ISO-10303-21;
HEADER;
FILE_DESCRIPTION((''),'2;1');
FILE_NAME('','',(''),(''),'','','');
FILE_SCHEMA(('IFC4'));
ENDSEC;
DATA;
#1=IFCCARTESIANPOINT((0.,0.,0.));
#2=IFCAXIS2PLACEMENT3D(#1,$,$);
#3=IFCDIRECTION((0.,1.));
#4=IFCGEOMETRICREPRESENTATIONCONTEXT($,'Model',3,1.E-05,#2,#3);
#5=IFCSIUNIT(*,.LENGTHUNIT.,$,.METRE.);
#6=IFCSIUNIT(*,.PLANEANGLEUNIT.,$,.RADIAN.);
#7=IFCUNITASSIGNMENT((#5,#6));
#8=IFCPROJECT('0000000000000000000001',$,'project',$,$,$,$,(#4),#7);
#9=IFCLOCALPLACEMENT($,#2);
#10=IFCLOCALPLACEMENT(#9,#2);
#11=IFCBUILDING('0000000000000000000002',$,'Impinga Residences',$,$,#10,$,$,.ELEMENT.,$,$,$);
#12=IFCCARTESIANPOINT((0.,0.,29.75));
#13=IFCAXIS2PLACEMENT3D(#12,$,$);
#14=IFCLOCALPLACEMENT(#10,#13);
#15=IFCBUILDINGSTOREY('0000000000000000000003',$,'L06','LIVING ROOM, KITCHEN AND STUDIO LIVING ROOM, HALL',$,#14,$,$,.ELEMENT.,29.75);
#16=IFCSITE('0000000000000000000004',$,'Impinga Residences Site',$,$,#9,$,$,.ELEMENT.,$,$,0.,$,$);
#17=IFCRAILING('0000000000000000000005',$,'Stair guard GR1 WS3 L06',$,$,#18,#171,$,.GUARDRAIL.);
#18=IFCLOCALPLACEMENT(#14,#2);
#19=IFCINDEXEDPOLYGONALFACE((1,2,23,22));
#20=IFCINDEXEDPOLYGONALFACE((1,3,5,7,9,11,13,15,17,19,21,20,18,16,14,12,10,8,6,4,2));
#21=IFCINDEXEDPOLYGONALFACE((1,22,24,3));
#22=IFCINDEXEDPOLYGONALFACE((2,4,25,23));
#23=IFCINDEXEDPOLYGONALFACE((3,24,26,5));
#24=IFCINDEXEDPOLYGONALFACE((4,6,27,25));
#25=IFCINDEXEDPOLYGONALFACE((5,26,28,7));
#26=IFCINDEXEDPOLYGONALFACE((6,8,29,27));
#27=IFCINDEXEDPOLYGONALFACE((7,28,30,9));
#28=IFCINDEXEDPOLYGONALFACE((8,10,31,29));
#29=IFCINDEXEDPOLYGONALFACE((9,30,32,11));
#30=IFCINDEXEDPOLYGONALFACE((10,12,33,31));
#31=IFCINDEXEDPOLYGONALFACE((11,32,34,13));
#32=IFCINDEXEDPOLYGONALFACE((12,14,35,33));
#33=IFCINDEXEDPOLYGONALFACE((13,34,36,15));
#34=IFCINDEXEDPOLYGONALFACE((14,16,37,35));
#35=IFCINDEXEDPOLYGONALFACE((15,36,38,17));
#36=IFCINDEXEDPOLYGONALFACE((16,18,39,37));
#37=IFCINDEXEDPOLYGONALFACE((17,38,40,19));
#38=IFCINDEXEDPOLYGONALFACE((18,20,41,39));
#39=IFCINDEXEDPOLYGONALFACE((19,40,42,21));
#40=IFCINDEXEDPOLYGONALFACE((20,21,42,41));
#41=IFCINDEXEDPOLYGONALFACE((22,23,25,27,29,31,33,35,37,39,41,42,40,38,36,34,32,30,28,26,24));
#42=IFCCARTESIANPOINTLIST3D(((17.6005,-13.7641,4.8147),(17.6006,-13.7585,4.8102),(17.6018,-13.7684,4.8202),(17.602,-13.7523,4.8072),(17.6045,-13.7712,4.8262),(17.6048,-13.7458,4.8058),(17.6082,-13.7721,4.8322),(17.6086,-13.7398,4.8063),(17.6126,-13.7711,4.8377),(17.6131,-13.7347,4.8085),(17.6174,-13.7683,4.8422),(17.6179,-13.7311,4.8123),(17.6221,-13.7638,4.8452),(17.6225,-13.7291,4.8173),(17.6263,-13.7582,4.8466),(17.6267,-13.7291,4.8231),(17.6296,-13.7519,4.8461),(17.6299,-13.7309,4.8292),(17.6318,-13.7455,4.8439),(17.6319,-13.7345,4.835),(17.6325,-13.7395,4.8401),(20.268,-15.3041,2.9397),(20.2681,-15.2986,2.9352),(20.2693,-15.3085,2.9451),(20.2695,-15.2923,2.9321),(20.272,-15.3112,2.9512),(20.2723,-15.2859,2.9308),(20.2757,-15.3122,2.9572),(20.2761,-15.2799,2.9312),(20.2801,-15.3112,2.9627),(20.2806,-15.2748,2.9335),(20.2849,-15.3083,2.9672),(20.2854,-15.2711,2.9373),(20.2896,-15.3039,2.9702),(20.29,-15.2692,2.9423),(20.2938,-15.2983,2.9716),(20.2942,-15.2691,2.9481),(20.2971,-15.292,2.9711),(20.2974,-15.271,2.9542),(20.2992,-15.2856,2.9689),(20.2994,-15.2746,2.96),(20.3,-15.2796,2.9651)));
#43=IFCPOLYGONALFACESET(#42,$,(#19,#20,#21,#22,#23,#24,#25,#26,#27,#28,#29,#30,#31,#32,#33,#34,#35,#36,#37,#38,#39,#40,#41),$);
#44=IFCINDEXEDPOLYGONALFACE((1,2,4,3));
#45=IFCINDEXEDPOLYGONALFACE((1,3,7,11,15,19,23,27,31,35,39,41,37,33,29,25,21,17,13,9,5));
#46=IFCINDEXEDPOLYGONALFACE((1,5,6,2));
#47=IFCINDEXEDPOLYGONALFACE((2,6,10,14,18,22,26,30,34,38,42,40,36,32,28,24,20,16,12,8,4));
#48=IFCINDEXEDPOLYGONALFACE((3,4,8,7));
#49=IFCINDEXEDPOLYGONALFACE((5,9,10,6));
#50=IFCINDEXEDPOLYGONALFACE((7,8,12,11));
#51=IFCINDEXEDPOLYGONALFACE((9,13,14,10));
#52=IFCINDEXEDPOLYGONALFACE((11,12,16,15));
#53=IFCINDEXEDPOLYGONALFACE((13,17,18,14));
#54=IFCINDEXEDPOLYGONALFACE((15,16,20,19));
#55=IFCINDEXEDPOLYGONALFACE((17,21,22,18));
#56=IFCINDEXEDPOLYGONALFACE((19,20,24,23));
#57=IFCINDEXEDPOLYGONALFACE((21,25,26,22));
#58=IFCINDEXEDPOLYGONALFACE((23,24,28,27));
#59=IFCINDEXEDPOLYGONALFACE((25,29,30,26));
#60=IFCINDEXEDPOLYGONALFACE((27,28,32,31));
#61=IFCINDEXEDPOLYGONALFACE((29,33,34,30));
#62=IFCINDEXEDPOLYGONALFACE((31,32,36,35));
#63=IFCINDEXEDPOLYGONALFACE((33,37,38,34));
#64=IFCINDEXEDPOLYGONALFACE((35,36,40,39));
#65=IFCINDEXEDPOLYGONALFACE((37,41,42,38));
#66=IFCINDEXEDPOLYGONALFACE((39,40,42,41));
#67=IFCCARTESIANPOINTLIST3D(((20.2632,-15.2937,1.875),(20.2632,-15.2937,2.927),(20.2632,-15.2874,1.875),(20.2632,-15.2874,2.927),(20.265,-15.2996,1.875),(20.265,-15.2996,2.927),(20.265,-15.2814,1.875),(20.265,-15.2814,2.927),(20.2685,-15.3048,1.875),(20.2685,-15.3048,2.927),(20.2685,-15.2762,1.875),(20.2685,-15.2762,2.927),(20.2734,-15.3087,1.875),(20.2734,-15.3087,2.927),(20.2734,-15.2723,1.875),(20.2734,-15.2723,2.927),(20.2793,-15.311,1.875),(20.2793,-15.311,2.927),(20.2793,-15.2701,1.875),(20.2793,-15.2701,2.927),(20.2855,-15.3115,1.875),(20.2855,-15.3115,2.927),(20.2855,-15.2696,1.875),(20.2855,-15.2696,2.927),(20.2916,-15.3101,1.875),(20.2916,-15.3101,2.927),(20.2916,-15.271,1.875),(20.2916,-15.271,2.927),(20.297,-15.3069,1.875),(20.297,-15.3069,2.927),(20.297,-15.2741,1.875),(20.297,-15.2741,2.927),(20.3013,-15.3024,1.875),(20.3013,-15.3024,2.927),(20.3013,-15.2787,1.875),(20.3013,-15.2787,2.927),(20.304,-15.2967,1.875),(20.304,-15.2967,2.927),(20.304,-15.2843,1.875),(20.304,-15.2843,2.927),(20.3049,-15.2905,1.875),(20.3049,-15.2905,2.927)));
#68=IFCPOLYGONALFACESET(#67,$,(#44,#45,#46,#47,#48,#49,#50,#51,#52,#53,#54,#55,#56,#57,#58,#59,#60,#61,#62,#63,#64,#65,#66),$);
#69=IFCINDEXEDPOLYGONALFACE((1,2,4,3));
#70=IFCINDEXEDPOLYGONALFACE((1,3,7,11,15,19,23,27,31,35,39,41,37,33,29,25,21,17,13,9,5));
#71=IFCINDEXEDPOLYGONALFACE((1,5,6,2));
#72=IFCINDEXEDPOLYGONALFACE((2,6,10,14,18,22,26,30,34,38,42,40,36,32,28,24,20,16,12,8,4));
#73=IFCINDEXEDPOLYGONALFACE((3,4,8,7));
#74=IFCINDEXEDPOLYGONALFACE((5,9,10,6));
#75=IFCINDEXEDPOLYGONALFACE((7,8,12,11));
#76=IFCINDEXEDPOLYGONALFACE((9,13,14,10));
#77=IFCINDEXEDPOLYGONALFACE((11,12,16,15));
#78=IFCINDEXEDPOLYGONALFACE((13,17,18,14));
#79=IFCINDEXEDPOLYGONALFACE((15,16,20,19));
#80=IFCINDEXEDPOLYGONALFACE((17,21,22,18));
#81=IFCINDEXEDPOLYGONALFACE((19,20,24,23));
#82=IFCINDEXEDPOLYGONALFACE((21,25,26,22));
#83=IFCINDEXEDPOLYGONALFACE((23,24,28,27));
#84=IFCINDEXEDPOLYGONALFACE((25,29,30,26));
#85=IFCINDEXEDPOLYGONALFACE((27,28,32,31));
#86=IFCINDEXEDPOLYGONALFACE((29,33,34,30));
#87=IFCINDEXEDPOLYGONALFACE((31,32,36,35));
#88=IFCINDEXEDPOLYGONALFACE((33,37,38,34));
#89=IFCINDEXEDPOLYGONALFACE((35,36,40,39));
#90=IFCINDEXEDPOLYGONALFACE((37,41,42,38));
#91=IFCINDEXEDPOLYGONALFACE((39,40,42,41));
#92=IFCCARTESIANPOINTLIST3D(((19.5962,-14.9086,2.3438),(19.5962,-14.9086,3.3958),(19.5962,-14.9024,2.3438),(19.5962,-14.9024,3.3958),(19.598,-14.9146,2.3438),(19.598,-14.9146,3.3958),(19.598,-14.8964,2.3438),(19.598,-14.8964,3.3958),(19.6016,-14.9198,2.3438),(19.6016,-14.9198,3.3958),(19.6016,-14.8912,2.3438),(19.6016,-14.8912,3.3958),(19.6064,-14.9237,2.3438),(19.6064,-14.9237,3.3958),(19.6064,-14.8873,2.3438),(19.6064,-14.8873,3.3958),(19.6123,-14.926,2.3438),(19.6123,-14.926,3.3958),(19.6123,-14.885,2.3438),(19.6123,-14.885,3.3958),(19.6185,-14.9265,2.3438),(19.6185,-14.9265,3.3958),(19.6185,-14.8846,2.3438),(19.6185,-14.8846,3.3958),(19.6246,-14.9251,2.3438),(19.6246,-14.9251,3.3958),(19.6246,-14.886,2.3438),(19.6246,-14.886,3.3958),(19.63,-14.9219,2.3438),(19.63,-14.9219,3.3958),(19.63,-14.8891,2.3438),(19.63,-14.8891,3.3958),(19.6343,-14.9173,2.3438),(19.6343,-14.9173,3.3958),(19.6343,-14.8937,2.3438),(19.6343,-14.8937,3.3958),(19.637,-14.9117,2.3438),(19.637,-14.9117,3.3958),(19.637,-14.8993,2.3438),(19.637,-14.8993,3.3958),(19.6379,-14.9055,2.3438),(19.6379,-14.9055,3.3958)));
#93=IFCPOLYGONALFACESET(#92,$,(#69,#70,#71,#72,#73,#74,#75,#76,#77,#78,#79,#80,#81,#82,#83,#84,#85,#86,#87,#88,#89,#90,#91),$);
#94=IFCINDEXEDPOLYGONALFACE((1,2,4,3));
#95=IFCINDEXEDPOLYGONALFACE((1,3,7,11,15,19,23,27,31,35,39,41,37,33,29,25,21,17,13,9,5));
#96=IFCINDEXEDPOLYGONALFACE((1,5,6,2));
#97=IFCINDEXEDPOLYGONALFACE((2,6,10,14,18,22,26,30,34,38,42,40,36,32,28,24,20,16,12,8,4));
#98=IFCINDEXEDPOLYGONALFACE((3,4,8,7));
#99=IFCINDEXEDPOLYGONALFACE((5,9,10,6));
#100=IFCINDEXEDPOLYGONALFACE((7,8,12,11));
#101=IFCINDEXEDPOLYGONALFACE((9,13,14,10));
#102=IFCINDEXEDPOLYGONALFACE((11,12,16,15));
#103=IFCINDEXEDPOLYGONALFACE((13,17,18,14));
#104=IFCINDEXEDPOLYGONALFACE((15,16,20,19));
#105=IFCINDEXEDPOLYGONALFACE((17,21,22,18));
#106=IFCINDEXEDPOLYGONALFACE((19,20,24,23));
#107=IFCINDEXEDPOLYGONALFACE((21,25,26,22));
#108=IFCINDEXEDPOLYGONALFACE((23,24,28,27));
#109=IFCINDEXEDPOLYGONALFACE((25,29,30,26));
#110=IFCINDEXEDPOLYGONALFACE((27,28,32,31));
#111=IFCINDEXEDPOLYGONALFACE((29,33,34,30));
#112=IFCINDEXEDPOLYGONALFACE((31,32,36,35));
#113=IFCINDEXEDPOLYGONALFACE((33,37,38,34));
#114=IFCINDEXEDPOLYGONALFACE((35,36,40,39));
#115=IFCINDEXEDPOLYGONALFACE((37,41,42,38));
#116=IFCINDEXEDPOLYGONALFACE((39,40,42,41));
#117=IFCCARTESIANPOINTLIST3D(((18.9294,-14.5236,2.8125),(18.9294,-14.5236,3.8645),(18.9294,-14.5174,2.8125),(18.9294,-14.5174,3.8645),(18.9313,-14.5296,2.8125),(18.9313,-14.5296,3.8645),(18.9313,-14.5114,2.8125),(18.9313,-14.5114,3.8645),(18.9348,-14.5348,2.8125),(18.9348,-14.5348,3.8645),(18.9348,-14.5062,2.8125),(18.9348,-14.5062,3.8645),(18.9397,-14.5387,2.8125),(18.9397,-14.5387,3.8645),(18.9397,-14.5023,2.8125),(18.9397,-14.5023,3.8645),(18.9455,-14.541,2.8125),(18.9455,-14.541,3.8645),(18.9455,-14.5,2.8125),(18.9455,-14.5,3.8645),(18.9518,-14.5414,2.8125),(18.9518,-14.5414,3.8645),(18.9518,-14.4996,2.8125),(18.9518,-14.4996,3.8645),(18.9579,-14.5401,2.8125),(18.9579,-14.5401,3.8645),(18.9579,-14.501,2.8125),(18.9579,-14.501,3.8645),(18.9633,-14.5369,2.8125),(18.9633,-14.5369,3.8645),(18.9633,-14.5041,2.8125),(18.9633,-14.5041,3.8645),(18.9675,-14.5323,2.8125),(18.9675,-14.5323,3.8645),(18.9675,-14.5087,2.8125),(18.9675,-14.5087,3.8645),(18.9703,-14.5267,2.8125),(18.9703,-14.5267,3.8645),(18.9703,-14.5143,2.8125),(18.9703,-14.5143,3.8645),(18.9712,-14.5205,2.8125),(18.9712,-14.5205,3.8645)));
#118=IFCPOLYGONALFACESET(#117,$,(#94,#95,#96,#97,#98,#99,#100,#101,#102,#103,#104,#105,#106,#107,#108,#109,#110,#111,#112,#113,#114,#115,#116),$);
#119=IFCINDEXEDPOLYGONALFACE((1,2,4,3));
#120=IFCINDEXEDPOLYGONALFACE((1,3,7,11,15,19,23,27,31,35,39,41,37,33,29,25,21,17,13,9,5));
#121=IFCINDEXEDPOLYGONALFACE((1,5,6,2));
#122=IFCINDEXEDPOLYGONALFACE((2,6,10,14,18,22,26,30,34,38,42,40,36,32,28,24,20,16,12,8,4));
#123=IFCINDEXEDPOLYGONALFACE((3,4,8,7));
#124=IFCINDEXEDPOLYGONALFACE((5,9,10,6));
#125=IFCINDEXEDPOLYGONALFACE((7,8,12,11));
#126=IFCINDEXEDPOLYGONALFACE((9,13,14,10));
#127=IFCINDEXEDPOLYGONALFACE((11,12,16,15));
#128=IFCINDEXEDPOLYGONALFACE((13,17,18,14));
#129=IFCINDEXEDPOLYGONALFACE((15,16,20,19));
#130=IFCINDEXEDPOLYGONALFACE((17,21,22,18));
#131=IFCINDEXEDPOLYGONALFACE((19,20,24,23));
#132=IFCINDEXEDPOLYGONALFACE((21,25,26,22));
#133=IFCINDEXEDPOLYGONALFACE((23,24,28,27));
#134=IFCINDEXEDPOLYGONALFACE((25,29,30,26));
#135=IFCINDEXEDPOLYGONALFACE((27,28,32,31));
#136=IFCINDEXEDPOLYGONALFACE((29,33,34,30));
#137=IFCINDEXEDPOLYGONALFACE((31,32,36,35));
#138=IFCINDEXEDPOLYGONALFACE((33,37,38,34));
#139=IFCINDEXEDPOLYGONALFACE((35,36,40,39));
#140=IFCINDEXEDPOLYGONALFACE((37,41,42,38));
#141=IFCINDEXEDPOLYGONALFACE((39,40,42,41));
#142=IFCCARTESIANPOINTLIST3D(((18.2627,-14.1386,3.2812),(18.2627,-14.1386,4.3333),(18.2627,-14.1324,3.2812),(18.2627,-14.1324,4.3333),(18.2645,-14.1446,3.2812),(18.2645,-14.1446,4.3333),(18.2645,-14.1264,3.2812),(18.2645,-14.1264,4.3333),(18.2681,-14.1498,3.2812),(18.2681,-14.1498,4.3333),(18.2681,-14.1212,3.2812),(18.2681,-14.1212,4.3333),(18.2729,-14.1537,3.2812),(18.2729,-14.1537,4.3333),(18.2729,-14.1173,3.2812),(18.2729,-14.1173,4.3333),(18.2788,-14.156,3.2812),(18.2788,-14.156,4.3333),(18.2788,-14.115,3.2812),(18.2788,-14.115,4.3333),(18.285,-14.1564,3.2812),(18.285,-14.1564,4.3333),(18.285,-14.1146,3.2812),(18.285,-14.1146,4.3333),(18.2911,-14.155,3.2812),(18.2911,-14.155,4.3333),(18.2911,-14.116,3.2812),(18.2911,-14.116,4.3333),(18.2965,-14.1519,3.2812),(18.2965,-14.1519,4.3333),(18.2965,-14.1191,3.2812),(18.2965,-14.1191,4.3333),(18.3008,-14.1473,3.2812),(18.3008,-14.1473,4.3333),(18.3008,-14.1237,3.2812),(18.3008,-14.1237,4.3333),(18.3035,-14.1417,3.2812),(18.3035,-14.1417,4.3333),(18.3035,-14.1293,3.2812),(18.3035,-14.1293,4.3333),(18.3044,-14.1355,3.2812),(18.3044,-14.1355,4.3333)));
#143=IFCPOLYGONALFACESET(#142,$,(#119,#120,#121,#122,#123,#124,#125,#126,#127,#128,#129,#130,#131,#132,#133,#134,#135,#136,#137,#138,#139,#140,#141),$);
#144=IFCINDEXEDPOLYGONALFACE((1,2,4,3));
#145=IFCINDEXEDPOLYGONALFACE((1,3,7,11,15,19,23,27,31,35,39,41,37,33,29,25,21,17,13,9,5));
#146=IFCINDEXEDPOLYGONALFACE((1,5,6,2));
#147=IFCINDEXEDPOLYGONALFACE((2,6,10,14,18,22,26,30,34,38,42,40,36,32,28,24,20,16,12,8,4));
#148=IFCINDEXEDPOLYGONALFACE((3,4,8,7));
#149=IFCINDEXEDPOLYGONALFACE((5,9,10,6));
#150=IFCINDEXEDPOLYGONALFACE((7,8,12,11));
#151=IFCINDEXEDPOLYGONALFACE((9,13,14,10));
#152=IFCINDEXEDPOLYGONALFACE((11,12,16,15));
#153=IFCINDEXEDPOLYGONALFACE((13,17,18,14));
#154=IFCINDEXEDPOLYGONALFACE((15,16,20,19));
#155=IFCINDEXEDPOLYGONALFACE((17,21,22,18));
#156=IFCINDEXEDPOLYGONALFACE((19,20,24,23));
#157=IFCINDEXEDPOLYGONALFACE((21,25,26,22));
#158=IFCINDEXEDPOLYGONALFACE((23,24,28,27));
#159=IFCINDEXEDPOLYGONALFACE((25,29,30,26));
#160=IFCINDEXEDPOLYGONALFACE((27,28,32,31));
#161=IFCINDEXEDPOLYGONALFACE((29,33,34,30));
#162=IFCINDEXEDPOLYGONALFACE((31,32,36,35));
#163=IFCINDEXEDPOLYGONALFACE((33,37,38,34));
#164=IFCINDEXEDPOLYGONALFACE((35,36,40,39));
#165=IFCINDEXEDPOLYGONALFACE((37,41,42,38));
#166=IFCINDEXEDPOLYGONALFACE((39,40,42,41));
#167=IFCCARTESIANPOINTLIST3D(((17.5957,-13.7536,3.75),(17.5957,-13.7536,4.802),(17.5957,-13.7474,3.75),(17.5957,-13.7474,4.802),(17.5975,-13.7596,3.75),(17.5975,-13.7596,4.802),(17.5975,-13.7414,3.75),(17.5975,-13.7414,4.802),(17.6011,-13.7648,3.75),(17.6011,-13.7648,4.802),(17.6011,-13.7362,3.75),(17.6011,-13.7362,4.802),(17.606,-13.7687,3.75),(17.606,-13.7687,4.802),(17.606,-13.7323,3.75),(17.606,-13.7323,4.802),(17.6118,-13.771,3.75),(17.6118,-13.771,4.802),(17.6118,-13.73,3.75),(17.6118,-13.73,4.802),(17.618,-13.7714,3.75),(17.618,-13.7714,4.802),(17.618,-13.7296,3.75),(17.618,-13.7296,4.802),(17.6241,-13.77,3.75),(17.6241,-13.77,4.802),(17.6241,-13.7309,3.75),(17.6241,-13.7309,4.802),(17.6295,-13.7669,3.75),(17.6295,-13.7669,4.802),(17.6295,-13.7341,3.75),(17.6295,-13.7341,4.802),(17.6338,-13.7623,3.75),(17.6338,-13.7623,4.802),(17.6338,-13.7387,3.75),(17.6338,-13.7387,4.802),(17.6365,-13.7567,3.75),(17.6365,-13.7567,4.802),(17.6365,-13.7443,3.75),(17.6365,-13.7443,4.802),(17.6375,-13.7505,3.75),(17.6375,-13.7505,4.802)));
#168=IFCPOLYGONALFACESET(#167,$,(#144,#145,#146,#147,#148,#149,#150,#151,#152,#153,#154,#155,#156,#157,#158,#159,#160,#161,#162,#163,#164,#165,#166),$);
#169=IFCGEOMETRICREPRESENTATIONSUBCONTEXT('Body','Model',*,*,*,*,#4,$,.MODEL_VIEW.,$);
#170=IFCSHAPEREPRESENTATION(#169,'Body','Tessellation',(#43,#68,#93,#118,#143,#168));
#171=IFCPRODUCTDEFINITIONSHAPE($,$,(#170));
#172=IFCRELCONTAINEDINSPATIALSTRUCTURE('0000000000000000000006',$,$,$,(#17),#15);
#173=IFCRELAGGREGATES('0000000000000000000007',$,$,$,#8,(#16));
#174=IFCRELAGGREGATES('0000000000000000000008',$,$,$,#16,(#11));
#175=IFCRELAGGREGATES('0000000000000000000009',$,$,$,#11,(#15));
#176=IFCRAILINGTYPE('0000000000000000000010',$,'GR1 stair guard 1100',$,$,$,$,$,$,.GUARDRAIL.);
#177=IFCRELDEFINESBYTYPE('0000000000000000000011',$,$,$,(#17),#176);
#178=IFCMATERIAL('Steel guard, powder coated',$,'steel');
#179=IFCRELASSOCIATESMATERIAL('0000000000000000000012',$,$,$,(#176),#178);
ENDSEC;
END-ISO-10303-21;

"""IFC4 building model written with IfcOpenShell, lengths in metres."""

from ifc_helpers import new_model, si_unit, direction, frame, origin, origin_2d, place, context, subcontext, project, spatial, circle, extrude, material, type_object, element, save


model = new_model("IFC4")

# Units and contexts
model_context = context("Model", 3, precision=1e-05, world=origin(), true_north=direction((0.0, 1.0)))
body_context = subcontext(model_context, "Body", "Model", "MODEL_VIEW")
ifc_project = project(units=[si_unit("LENGTHUNIT", "METRE"), si_unit("PLANEANGLEUNIT", "RADIAN")], contexts=[model_context])

# Site, building, storey
site_placement = place(None, origin())
site = spatial("IfcSite", under=ifc_project, at=site_placement, Name="Impinga Residences Site", CompositionType="ELEMENT", RefElevation=0.0)
building_placement = place(site_placement, origin())
building = spatial("IfcBuilding", under=site, at=building_placement, Name="Impinga Residences", CompositionType="ELEMENT")
storey_placement = place(building_placement, frame((0.0, 0.0, 29.75)))
storey = spatial("IfcBuildingStorey", under=building, at=storey_placement, Name="L06", Description="LIVING ROOM, KITCHEN AND STUDIO LIVING ROOM, HALL", CompositionType="ELEMENT", Elevation=29.75)

# Railing
ifc_material_1 = material(Name="Steel guard, powder coated", Category="steel")
railing_type_1 = type_object("IfcRailingType", Name="GR1 stair guard 1100", PredefinedType="GUARDRAIL", material=ifc_material_1)
railing_1_placement = place(storey_placement, frame((20.2839, -15.2905, 1.875)))
element("IfcRailing", 1, at=railing_1_placement, inside=storey, type_object=railing_type_1, Name="Stair guard GR1 WS3 L06", PredefinedType="GUARDRAIL", context=body_context, shape_type="SweptSolid", body=[
    extrude(circle(Radius=0.0239, at=origin_2d()), frame((0.0, 0.0, 1.0762), z_axis=(-0.739746, 0.427084, 0.519975), x_axis=(-0.499992, -0.86603, 0.0)), (0.0, 0.0, 1.0), 3.606),
    extrude(circle(Radius=0.021, at=origin_2d()), origin(), (0.0, 0.0, 1.0), 1.052),
    extrude(circle(Radius=0.021, at=origin_2d()), frame((-0.667, 0.385, 0.4688)), (0.0, 0.0, 1.0), 1.052),
    extrude(circle(Radius=0.021, at=origin_2d()), frame((-1.3337, 0.77, 0.9375)), (0.0, 0.0, 1.0), 1.052),
    extrude(circle(Radius=0.021, at=origin_2d()), frame((-2.0005, 1.155, 1.4062)), (0.0, 0.0, 1.0), 1.052),
    extrude(circle(Radius=0.021, at=origin_2d()), frame((-2.6675, 1.54, 1.875)), (0.0, 0.0, 1.0), 1.052),
])

save(model, "model.ifc")
